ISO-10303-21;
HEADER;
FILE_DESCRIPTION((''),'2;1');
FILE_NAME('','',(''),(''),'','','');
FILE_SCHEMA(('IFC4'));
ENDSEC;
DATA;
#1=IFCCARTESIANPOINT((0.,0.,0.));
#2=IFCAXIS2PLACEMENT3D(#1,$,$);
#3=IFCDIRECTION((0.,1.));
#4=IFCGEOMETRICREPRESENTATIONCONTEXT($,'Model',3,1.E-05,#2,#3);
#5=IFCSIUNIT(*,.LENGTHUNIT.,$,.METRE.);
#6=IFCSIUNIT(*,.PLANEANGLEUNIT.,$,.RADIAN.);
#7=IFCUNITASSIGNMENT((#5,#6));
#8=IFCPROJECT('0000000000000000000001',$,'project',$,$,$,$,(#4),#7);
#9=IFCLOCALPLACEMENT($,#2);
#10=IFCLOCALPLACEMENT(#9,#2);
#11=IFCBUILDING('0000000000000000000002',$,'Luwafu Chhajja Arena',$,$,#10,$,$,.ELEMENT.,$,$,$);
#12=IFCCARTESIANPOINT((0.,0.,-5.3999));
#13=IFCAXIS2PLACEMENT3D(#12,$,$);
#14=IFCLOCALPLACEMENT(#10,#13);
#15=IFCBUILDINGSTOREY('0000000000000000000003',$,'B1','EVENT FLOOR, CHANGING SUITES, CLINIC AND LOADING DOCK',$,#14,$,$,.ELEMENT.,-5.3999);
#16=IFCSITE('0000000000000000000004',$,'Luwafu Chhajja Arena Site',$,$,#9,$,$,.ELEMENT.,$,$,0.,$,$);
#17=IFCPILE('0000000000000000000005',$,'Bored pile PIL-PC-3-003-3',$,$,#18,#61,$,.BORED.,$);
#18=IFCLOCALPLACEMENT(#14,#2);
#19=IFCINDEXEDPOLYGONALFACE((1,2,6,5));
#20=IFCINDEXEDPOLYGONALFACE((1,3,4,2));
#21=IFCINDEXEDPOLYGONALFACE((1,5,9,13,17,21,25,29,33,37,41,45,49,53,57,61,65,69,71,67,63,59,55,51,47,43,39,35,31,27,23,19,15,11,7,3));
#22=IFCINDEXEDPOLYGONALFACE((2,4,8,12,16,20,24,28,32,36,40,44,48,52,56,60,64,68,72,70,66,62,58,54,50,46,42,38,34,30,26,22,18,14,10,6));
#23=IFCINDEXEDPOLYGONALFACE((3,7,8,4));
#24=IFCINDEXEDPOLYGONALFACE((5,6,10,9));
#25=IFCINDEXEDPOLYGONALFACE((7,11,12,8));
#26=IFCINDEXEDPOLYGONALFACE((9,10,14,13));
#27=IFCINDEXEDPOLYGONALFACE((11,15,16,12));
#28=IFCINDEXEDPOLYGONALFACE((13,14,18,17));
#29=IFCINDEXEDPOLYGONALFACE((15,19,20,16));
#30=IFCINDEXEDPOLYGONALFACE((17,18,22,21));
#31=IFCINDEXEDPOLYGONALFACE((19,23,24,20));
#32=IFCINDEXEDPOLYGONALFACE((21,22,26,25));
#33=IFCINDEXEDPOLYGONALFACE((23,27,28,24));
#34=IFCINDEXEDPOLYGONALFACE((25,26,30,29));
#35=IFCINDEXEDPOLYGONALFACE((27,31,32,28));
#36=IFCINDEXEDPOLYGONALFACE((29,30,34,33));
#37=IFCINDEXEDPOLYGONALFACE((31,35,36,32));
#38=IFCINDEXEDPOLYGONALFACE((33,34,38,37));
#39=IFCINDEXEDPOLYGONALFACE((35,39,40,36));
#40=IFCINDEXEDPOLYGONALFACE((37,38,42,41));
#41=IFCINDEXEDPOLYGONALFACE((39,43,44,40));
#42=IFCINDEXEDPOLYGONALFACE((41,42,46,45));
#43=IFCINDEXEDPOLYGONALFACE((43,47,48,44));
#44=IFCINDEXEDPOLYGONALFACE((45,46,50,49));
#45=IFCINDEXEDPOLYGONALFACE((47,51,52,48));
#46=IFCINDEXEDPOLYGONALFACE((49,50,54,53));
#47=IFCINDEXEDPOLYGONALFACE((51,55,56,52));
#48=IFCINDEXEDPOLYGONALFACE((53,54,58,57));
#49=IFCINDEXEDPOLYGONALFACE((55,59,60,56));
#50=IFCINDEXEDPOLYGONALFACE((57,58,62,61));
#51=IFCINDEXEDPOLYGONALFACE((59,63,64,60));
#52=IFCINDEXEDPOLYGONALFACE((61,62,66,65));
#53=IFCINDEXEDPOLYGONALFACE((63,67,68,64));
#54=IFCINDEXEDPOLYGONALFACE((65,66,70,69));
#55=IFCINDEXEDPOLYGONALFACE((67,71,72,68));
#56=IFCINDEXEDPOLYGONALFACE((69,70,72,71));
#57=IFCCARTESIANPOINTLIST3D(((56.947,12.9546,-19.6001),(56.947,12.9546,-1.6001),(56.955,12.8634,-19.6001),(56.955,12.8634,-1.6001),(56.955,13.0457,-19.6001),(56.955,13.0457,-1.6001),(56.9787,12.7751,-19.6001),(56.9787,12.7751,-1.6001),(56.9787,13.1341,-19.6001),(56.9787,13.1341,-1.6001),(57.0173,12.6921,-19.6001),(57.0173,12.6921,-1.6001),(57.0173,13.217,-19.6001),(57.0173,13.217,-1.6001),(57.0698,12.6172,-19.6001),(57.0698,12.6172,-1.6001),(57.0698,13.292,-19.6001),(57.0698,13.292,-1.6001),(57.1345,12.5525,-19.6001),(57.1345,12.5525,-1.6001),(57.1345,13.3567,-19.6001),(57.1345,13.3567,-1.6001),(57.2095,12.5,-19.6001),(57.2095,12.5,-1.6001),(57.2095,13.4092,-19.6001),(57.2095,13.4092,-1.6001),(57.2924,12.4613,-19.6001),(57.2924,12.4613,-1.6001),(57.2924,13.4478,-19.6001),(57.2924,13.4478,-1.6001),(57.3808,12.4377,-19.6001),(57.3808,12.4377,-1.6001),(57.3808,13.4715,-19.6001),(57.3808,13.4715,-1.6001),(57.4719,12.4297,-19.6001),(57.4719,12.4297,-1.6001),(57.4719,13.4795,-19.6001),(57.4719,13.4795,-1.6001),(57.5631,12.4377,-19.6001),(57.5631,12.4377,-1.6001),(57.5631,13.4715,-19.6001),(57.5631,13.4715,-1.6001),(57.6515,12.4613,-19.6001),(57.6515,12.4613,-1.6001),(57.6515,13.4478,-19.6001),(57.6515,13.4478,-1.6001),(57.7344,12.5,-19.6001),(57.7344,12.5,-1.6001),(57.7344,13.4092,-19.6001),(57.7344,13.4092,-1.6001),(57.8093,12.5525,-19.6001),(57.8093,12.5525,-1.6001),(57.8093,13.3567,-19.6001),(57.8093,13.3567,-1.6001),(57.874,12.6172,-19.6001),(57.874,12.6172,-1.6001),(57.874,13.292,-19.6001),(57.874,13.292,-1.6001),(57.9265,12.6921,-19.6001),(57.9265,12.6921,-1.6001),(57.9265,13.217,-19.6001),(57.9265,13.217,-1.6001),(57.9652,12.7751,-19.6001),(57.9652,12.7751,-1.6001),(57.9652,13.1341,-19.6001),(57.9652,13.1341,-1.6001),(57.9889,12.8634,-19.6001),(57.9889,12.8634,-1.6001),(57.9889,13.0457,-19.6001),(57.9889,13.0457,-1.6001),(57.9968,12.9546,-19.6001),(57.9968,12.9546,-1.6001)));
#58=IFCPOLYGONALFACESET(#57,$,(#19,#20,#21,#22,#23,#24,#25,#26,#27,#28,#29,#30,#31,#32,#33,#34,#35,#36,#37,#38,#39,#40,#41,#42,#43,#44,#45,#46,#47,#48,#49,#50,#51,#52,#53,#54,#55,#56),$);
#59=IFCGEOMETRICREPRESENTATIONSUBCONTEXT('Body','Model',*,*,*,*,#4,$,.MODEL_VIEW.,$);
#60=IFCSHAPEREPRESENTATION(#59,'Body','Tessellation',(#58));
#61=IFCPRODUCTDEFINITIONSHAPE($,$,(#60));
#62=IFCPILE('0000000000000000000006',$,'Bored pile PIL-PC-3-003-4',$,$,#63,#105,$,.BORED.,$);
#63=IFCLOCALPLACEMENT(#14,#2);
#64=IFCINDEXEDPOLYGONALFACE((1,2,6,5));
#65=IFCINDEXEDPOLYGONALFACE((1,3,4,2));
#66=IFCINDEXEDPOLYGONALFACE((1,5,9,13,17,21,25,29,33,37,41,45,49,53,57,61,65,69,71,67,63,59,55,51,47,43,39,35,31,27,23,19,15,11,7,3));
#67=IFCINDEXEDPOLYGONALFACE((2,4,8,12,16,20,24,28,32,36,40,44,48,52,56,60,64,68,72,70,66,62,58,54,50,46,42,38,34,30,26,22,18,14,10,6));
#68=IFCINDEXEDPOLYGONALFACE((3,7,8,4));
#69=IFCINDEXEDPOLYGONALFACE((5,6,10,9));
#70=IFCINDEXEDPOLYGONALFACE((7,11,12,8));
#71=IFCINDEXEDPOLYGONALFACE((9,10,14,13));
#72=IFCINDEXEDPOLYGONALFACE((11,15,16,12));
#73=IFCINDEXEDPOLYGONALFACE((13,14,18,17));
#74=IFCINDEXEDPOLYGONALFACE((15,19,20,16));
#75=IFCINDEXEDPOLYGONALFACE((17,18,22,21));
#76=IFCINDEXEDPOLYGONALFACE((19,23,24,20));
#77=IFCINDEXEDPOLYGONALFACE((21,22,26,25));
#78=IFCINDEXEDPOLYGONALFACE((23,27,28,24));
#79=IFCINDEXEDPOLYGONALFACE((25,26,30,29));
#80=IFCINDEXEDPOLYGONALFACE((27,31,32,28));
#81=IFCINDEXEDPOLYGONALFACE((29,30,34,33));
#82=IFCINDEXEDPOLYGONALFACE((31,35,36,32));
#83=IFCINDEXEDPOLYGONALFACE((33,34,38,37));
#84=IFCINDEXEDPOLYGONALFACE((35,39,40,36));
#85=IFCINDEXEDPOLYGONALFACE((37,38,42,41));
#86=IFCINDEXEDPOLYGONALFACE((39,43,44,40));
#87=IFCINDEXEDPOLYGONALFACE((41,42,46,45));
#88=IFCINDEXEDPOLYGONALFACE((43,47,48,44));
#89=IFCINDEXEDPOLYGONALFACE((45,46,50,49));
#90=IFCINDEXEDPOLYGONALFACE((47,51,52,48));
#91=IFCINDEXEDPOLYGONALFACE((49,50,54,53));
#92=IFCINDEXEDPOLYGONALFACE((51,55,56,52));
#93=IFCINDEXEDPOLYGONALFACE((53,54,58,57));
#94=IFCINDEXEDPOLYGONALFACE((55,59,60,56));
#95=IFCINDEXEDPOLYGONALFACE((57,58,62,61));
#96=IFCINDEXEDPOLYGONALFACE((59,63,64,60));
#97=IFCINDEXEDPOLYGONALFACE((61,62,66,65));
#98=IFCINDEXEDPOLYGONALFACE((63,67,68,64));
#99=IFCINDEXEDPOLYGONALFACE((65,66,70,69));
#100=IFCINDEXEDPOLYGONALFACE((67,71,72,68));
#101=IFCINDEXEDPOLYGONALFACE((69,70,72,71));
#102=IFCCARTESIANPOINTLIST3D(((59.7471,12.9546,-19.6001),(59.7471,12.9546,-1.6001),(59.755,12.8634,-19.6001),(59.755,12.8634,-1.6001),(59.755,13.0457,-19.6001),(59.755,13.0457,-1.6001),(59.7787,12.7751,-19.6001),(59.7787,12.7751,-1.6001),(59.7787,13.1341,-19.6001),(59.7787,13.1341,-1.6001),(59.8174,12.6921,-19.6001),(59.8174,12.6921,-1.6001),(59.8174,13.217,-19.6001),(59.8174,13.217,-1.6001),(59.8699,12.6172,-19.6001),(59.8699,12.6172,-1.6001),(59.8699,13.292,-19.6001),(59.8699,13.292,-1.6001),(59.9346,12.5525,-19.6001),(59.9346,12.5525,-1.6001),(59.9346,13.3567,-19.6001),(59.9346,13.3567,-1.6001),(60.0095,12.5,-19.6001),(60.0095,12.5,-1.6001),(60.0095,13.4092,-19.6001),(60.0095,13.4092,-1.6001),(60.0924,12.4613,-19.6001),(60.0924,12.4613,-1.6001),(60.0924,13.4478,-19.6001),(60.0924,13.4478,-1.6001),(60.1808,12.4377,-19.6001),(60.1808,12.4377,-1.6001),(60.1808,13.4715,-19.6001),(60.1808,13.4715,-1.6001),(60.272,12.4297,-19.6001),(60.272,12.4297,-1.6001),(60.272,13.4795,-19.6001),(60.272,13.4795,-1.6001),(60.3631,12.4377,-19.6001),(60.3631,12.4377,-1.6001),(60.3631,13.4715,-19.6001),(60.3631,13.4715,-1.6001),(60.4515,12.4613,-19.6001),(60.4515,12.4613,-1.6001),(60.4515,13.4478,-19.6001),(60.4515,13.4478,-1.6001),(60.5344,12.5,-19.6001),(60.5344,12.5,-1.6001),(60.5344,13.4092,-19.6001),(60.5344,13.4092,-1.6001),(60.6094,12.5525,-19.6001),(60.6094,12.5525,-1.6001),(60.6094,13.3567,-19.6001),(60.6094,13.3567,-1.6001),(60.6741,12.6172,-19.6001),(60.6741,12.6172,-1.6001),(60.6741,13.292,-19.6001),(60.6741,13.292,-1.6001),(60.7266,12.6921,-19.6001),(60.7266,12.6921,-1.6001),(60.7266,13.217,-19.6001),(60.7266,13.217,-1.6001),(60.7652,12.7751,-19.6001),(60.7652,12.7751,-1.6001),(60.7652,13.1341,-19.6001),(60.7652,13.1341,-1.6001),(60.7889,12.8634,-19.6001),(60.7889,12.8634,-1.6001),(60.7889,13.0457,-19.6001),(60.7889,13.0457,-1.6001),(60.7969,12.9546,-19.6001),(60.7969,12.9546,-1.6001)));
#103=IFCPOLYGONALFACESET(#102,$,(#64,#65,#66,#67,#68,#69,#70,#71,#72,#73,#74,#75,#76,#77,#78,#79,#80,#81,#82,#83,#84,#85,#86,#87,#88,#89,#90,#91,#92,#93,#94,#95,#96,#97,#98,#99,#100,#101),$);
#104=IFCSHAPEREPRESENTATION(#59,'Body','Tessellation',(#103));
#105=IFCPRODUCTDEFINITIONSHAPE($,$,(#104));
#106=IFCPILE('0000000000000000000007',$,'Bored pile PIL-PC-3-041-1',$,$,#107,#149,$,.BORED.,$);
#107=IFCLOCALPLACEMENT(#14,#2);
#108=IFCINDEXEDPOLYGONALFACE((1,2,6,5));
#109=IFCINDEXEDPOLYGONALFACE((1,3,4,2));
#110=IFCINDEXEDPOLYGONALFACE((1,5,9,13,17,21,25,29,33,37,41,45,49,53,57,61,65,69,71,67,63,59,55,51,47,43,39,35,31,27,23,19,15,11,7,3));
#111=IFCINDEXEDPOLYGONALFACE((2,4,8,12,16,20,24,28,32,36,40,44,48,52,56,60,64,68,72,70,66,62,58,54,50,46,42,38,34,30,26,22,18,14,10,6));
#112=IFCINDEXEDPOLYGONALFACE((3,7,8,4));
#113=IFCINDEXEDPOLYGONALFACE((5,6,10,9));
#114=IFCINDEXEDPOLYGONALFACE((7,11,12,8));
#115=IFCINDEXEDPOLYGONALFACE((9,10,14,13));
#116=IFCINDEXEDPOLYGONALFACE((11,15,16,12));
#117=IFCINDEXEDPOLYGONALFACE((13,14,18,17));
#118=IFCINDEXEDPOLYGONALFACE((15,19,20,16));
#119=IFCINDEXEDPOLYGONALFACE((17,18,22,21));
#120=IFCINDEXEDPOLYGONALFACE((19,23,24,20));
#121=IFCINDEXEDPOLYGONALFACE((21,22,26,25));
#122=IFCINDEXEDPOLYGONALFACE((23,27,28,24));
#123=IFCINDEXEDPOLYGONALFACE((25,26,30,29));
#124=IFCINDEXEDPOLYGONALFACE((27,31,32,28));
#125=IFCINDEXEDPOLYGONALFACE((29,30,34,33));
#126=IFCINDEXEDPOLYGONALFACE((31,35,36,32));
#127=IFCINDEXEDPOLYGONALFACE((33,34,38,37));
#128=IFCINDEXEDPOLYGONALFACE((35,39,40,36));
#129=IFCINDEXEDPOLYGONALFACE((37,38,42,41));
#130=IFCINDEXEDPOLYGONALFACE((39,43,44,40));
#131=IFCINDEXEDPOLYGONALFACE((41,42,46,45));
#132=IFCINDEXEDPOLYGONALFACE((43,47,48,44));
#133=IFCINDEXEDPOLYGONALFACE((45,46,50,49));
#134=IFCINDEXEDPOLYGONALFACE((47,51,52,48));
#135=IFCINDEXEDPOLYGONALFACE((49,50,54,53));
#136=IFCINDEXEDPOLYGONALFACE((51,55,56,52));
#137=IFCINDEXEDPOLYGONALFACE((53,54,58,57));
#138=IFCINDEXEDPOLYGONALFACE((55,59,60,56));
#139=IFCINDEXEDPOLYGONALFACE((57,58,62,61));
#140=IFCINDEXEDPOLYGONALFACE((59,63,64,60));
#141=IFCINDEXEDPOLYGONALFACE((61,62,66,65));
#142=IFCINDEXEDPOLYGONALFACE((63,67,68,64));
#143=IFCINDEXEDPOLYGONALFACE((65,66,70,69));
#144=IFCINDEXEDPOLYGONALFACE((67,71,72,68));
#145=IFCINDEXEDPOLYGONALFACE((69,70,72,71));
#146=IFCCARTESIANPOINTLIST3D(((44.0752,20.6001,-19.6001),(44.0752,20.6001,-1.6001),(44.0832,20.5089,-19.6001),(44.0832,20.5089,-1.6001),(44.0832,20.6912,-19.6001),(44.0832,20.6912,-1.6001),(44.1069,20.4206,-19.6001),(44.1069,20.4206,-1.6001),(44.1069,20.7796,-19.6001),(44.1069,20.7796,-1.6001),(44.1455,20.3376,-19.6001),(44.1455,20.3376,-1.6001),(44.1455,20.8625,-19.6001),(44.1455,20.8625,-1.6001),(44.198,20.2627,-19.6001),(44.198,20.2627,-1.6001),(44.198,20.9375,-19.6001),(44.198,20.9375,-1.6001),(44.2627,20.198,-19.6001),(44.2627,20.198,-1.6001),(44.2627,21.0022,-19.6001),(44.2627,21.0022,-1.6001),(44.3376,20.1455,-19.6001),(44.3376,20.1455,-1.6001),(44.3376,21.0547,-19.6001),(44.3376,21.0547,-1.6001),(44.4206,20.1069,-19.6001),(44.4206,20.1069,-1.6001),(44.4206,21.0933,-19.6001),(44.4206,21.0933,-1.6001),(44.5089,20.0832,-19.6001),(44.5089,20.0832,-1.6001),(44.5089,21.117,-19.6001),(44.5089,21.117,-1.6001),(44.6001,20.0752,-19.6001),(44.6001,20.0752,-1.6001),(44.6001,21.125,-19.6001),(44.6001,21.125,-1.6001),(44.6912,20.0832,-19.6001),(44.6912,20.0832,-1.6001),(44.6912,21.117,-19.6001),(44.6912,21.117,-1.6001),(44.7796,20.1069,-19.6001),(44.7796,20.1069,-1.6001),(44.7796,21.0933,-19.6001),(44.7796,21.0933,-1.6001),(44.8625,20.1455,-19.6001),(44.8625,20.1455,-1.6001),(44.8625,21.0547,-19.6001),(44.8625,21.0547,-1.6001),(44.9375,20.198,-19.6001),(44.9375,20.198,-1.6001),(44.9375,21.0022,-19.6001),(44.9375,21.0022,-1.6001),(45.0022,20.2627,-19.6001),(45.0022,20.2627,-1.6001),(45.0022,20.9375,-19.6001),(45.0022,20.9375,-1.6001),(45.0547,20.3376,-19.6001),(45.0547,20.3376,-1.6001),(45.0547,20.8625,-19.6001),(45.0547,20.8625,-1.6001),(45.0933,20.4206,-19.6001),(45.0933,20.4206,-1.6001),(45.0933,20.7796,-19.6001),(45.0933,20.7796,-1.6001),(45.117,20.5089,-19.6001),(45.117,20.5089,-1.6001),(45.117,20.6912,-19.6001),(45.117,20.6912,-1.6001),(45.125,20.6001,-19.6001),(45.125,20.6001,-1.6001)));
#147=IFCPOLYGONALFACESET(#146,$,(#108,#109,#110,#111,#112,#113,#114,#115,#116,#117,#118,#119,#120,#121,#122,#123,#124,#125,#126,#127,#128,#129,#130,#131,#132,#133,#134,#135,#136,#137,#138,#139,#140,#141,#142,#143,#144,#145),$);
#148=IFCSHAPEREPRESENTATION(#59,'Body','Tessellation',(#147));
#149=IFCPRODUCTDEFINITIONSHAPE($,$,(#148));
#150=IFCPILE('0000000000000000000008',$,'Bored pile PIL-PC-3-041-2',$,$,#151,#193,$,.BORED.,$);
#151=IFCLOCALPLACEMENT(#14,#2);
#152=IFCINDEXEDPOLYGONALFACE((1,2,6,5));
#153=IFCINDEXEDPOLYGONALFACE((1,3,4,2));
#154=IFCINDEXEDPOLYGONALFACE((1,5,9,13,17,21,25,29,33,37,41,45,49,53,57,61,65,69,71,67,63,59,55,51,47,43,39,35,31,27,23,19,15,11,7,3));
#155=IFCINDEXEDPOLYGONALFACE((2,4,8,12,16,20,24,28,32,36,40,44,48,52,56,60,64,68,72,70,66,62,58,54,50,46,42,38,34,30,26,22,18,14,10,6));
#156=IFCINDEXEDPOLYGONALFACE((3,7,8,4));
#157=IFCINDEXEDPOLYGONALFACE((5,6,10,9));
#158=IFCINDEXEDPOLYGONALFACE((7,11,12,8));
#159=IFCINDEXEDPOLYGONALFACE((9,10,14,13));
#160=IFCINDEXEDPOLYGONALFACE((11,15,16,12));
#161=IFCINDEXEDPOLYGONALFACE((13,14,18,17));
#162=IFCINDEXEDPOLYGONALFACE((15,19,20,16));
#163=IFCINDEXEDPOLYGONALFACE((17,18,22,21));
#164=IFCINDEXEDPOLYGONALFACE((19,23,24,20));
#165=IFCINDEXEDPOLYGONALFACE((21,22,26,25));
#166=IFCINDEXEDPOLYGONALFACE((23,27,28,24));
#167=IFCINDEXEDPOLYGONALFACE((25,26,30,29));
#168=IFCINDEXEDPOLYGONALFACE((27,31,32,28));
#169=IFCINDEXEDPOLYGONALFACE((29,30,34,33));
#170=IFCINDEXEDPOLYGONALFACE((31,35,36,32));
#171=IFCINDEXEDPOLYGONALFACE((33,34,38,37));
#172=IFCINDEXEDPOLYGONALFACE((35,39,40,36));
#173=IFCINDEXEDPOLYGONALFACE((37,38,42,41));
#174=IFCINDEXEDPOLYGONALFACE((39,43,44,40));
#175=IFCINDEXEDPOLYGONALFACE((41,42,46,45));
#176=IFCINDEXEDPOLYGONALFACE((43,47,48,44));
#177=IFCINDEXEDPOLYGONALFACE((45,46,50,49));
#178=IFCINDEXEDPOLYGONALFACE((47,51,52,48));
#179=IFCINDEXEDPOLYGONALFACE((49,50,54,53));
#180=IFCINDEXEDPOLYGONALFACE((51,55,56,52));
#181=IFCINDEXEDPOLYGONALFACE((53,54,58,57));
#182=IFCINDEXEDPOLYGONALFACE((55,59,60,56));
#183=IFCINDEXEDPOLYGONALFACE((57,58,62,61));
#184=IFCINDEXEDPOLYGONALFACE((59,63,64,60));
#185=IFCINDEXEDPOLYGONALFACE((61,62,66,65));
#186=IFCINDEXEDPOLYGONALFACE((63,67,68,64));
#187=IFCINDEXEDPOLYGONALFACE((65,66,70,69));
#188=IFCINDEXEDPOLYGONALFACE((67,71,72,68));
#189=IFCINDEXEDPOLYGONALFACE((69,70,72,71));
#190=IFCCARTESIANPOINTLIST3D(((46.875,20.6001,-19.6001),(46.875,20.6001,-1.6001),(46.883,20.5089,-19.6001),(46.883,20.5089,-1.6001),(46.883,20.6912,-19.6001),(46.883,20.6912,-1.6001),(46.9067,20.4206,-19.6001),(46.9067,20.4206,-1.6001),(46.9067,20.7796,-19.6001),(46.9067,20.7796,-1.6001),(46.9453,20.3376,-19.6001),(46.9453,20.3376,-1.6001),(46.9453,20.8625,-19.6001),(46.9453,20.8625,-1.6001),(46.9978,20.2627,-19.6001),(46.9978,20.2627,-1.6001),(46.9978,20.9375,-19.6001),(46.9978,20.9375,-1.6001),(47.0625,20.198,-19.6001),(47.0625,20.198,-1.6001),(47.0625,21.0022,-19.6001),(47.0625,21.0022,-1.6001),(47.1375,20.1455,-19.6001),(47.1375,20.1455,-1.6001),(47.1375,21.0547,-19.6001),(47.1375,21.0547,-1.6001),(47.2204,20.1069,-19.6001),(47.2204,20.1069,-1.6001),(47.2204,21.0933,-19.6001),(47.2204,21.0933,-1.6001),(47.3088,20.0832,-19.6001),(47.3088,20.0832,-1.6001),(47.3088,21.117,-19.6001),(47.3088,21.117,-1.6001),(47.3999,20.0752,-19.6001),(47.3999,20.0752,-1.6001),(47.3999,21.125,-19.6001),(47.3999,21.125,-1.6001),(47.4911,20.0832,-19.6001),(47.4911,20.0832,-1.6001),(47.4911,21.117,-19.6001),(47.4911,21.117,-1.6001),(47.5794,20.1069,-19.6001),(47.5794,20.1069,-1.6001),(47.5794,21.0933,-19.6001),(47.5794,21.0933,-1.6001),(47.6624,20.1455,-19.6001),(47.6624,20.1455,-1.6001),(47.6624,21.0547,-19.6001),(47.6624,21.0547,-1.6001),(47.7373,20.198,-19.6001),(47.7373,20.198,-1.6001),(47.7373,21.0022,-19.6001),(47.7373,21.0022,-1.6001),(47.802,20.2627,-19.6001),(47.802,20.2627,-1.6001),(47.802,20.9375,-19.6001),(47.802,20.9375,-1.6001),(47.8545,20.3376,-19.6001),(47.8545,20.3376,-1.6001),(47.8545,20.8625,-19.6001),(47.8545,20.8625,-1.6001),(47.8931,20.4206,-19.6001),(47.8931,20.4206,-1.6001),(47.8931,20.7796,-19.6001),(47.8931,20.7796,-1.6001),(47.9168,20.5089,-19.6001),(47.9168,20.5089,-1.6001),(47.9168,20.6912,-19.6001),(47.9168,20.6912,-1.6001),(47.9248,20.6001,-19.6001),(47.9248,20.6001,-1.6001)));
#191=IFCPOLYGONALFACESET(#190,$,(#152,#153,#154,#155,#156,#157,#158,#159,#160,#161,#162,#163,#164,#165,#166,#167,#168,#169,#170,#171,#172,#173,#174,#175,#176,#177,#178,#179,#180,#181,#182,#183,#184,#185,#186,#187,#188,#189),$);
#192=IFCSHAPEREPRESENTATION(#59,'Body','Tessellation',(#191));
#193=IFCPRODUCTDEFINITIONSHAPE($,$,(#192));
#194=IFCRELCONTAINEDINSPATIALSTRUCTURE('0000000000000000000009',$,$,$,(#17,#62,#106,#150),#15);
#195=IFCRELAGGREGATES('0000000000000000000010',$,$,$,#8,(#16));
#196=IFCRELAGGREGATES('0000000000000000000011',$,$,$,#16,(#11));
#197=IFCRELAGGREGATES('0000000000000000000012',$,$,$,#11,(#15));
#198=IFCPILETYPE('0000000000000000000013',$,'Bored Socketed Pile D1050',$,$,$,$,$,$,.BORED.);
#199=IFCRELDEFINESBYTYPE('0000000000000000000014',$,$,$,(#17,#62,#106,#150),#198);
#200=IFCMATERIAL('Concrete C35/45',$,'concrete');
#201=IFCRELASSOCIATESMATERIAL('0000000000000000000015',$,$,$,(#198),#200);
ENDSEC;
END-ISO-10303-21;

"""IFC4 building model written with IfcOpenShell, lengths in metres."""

from ifc_helpers import new_model, si_unit, direction, frame, origin, origin_2d, place, context, subcontext, project, spatial, circle, extrude, material, material_profile, profile_set, type_object, element, save


model = new_model("IFC4")

# Units and contexts
model_context = context("Model", 3, precision=1e-05, world=origin(), true_north=direction((0.0, 1.0)))
body_context = subcontext(model_context, "Body", "Model", "MODEL_VIEW")
ifc_project = project(units=[si_unit("LENGTHUNIT", "METRE"), si_unit("PLANEANGLEUNIT", "RADIAN")], contexts=[model_context])

# Site, building, storey
site_placement = place(None, origin())
site = spatial("IfcSite", under=ifc_project, at=site_placement, Name="Luwafu Chhajja Arena Site", CompositionType="ELEMENT", RefElevation=0.0)
building_placement = place(site_placement, origin())
building = spatial("IfcBuilding", under=site, at=building_placement, Name="Luwafu Chhajja Arena", CompositionType="ELEMENT")
storey_placement = place(building_placement, frame((0.0, 0.0, -5.3999)))
storey = spatial("IfcBuildingStorey", under=building, at=storey_placement, Name="B1", Description="EVENT FLOOR, CHANGING SUITES, CLINIC AND LOADING DOCK", CompositionType="ELEMENT", Elevation=-5.3999)

# Piles
ifc_material_1 = material(Name="Concrete C35/45", Category="concrete")
ifc_material_profile_1 = material_profile(ifc_material_1, circle(Radius=0.5249, at=origin_2d()), Name="PILE D1050")
ifc_profile_set_1 = profile_set([ifc_material_profile_1], Name="Concrete C35/45")
pile_type_1 = type_object("IfcPileType", Name="Bored Socketed Pile D1050", PredefinedType="BORED", material=ifc_profile_set_1)
for number, where, z_axis, x_axis, name in (
    (1, (57.4719, 12.9546, -1.6001), (0.0, 0.0, -1.0), (1.0, 0.0, 0.0), "Bored pile PIL-PC-3-003-3"),
    (2, (60.272, 12.9546, -1.6001), (0.0, 0.0, -1.0), (1.0, 0.0, 0.0), "Bored pile PIL-PC-3-003-4"),
    (3, (44.6001, 20.6001, -1.6001), (0.0, 0.0, -1.0), (1.0, 0.0, 0.0), "Bored pile PIL-PC-3-041-1"),
    (4, (47.3999, 20.6001, -1.6001), (0.0, 0.0, -1.0), (1.0, 0.0, 0.0), "Bored pile PIL-PC-3-041-2"),
):
    element("IfcPile", number, at=place(storey_placement, frame(where, z_axis=z_axis, x_axis=x_axis)), inside=storey, type_object=pile_type_1, Name=name, PredefinedType="BORED", context=body_context, shape_type="SweptSolid", body=[
        extrude(circle(Radius=0.5249, at=origin_2d()), origin(), (0.0, 0.0, 1.0), 18.0),
    ])

save(model, "model.ifc")
